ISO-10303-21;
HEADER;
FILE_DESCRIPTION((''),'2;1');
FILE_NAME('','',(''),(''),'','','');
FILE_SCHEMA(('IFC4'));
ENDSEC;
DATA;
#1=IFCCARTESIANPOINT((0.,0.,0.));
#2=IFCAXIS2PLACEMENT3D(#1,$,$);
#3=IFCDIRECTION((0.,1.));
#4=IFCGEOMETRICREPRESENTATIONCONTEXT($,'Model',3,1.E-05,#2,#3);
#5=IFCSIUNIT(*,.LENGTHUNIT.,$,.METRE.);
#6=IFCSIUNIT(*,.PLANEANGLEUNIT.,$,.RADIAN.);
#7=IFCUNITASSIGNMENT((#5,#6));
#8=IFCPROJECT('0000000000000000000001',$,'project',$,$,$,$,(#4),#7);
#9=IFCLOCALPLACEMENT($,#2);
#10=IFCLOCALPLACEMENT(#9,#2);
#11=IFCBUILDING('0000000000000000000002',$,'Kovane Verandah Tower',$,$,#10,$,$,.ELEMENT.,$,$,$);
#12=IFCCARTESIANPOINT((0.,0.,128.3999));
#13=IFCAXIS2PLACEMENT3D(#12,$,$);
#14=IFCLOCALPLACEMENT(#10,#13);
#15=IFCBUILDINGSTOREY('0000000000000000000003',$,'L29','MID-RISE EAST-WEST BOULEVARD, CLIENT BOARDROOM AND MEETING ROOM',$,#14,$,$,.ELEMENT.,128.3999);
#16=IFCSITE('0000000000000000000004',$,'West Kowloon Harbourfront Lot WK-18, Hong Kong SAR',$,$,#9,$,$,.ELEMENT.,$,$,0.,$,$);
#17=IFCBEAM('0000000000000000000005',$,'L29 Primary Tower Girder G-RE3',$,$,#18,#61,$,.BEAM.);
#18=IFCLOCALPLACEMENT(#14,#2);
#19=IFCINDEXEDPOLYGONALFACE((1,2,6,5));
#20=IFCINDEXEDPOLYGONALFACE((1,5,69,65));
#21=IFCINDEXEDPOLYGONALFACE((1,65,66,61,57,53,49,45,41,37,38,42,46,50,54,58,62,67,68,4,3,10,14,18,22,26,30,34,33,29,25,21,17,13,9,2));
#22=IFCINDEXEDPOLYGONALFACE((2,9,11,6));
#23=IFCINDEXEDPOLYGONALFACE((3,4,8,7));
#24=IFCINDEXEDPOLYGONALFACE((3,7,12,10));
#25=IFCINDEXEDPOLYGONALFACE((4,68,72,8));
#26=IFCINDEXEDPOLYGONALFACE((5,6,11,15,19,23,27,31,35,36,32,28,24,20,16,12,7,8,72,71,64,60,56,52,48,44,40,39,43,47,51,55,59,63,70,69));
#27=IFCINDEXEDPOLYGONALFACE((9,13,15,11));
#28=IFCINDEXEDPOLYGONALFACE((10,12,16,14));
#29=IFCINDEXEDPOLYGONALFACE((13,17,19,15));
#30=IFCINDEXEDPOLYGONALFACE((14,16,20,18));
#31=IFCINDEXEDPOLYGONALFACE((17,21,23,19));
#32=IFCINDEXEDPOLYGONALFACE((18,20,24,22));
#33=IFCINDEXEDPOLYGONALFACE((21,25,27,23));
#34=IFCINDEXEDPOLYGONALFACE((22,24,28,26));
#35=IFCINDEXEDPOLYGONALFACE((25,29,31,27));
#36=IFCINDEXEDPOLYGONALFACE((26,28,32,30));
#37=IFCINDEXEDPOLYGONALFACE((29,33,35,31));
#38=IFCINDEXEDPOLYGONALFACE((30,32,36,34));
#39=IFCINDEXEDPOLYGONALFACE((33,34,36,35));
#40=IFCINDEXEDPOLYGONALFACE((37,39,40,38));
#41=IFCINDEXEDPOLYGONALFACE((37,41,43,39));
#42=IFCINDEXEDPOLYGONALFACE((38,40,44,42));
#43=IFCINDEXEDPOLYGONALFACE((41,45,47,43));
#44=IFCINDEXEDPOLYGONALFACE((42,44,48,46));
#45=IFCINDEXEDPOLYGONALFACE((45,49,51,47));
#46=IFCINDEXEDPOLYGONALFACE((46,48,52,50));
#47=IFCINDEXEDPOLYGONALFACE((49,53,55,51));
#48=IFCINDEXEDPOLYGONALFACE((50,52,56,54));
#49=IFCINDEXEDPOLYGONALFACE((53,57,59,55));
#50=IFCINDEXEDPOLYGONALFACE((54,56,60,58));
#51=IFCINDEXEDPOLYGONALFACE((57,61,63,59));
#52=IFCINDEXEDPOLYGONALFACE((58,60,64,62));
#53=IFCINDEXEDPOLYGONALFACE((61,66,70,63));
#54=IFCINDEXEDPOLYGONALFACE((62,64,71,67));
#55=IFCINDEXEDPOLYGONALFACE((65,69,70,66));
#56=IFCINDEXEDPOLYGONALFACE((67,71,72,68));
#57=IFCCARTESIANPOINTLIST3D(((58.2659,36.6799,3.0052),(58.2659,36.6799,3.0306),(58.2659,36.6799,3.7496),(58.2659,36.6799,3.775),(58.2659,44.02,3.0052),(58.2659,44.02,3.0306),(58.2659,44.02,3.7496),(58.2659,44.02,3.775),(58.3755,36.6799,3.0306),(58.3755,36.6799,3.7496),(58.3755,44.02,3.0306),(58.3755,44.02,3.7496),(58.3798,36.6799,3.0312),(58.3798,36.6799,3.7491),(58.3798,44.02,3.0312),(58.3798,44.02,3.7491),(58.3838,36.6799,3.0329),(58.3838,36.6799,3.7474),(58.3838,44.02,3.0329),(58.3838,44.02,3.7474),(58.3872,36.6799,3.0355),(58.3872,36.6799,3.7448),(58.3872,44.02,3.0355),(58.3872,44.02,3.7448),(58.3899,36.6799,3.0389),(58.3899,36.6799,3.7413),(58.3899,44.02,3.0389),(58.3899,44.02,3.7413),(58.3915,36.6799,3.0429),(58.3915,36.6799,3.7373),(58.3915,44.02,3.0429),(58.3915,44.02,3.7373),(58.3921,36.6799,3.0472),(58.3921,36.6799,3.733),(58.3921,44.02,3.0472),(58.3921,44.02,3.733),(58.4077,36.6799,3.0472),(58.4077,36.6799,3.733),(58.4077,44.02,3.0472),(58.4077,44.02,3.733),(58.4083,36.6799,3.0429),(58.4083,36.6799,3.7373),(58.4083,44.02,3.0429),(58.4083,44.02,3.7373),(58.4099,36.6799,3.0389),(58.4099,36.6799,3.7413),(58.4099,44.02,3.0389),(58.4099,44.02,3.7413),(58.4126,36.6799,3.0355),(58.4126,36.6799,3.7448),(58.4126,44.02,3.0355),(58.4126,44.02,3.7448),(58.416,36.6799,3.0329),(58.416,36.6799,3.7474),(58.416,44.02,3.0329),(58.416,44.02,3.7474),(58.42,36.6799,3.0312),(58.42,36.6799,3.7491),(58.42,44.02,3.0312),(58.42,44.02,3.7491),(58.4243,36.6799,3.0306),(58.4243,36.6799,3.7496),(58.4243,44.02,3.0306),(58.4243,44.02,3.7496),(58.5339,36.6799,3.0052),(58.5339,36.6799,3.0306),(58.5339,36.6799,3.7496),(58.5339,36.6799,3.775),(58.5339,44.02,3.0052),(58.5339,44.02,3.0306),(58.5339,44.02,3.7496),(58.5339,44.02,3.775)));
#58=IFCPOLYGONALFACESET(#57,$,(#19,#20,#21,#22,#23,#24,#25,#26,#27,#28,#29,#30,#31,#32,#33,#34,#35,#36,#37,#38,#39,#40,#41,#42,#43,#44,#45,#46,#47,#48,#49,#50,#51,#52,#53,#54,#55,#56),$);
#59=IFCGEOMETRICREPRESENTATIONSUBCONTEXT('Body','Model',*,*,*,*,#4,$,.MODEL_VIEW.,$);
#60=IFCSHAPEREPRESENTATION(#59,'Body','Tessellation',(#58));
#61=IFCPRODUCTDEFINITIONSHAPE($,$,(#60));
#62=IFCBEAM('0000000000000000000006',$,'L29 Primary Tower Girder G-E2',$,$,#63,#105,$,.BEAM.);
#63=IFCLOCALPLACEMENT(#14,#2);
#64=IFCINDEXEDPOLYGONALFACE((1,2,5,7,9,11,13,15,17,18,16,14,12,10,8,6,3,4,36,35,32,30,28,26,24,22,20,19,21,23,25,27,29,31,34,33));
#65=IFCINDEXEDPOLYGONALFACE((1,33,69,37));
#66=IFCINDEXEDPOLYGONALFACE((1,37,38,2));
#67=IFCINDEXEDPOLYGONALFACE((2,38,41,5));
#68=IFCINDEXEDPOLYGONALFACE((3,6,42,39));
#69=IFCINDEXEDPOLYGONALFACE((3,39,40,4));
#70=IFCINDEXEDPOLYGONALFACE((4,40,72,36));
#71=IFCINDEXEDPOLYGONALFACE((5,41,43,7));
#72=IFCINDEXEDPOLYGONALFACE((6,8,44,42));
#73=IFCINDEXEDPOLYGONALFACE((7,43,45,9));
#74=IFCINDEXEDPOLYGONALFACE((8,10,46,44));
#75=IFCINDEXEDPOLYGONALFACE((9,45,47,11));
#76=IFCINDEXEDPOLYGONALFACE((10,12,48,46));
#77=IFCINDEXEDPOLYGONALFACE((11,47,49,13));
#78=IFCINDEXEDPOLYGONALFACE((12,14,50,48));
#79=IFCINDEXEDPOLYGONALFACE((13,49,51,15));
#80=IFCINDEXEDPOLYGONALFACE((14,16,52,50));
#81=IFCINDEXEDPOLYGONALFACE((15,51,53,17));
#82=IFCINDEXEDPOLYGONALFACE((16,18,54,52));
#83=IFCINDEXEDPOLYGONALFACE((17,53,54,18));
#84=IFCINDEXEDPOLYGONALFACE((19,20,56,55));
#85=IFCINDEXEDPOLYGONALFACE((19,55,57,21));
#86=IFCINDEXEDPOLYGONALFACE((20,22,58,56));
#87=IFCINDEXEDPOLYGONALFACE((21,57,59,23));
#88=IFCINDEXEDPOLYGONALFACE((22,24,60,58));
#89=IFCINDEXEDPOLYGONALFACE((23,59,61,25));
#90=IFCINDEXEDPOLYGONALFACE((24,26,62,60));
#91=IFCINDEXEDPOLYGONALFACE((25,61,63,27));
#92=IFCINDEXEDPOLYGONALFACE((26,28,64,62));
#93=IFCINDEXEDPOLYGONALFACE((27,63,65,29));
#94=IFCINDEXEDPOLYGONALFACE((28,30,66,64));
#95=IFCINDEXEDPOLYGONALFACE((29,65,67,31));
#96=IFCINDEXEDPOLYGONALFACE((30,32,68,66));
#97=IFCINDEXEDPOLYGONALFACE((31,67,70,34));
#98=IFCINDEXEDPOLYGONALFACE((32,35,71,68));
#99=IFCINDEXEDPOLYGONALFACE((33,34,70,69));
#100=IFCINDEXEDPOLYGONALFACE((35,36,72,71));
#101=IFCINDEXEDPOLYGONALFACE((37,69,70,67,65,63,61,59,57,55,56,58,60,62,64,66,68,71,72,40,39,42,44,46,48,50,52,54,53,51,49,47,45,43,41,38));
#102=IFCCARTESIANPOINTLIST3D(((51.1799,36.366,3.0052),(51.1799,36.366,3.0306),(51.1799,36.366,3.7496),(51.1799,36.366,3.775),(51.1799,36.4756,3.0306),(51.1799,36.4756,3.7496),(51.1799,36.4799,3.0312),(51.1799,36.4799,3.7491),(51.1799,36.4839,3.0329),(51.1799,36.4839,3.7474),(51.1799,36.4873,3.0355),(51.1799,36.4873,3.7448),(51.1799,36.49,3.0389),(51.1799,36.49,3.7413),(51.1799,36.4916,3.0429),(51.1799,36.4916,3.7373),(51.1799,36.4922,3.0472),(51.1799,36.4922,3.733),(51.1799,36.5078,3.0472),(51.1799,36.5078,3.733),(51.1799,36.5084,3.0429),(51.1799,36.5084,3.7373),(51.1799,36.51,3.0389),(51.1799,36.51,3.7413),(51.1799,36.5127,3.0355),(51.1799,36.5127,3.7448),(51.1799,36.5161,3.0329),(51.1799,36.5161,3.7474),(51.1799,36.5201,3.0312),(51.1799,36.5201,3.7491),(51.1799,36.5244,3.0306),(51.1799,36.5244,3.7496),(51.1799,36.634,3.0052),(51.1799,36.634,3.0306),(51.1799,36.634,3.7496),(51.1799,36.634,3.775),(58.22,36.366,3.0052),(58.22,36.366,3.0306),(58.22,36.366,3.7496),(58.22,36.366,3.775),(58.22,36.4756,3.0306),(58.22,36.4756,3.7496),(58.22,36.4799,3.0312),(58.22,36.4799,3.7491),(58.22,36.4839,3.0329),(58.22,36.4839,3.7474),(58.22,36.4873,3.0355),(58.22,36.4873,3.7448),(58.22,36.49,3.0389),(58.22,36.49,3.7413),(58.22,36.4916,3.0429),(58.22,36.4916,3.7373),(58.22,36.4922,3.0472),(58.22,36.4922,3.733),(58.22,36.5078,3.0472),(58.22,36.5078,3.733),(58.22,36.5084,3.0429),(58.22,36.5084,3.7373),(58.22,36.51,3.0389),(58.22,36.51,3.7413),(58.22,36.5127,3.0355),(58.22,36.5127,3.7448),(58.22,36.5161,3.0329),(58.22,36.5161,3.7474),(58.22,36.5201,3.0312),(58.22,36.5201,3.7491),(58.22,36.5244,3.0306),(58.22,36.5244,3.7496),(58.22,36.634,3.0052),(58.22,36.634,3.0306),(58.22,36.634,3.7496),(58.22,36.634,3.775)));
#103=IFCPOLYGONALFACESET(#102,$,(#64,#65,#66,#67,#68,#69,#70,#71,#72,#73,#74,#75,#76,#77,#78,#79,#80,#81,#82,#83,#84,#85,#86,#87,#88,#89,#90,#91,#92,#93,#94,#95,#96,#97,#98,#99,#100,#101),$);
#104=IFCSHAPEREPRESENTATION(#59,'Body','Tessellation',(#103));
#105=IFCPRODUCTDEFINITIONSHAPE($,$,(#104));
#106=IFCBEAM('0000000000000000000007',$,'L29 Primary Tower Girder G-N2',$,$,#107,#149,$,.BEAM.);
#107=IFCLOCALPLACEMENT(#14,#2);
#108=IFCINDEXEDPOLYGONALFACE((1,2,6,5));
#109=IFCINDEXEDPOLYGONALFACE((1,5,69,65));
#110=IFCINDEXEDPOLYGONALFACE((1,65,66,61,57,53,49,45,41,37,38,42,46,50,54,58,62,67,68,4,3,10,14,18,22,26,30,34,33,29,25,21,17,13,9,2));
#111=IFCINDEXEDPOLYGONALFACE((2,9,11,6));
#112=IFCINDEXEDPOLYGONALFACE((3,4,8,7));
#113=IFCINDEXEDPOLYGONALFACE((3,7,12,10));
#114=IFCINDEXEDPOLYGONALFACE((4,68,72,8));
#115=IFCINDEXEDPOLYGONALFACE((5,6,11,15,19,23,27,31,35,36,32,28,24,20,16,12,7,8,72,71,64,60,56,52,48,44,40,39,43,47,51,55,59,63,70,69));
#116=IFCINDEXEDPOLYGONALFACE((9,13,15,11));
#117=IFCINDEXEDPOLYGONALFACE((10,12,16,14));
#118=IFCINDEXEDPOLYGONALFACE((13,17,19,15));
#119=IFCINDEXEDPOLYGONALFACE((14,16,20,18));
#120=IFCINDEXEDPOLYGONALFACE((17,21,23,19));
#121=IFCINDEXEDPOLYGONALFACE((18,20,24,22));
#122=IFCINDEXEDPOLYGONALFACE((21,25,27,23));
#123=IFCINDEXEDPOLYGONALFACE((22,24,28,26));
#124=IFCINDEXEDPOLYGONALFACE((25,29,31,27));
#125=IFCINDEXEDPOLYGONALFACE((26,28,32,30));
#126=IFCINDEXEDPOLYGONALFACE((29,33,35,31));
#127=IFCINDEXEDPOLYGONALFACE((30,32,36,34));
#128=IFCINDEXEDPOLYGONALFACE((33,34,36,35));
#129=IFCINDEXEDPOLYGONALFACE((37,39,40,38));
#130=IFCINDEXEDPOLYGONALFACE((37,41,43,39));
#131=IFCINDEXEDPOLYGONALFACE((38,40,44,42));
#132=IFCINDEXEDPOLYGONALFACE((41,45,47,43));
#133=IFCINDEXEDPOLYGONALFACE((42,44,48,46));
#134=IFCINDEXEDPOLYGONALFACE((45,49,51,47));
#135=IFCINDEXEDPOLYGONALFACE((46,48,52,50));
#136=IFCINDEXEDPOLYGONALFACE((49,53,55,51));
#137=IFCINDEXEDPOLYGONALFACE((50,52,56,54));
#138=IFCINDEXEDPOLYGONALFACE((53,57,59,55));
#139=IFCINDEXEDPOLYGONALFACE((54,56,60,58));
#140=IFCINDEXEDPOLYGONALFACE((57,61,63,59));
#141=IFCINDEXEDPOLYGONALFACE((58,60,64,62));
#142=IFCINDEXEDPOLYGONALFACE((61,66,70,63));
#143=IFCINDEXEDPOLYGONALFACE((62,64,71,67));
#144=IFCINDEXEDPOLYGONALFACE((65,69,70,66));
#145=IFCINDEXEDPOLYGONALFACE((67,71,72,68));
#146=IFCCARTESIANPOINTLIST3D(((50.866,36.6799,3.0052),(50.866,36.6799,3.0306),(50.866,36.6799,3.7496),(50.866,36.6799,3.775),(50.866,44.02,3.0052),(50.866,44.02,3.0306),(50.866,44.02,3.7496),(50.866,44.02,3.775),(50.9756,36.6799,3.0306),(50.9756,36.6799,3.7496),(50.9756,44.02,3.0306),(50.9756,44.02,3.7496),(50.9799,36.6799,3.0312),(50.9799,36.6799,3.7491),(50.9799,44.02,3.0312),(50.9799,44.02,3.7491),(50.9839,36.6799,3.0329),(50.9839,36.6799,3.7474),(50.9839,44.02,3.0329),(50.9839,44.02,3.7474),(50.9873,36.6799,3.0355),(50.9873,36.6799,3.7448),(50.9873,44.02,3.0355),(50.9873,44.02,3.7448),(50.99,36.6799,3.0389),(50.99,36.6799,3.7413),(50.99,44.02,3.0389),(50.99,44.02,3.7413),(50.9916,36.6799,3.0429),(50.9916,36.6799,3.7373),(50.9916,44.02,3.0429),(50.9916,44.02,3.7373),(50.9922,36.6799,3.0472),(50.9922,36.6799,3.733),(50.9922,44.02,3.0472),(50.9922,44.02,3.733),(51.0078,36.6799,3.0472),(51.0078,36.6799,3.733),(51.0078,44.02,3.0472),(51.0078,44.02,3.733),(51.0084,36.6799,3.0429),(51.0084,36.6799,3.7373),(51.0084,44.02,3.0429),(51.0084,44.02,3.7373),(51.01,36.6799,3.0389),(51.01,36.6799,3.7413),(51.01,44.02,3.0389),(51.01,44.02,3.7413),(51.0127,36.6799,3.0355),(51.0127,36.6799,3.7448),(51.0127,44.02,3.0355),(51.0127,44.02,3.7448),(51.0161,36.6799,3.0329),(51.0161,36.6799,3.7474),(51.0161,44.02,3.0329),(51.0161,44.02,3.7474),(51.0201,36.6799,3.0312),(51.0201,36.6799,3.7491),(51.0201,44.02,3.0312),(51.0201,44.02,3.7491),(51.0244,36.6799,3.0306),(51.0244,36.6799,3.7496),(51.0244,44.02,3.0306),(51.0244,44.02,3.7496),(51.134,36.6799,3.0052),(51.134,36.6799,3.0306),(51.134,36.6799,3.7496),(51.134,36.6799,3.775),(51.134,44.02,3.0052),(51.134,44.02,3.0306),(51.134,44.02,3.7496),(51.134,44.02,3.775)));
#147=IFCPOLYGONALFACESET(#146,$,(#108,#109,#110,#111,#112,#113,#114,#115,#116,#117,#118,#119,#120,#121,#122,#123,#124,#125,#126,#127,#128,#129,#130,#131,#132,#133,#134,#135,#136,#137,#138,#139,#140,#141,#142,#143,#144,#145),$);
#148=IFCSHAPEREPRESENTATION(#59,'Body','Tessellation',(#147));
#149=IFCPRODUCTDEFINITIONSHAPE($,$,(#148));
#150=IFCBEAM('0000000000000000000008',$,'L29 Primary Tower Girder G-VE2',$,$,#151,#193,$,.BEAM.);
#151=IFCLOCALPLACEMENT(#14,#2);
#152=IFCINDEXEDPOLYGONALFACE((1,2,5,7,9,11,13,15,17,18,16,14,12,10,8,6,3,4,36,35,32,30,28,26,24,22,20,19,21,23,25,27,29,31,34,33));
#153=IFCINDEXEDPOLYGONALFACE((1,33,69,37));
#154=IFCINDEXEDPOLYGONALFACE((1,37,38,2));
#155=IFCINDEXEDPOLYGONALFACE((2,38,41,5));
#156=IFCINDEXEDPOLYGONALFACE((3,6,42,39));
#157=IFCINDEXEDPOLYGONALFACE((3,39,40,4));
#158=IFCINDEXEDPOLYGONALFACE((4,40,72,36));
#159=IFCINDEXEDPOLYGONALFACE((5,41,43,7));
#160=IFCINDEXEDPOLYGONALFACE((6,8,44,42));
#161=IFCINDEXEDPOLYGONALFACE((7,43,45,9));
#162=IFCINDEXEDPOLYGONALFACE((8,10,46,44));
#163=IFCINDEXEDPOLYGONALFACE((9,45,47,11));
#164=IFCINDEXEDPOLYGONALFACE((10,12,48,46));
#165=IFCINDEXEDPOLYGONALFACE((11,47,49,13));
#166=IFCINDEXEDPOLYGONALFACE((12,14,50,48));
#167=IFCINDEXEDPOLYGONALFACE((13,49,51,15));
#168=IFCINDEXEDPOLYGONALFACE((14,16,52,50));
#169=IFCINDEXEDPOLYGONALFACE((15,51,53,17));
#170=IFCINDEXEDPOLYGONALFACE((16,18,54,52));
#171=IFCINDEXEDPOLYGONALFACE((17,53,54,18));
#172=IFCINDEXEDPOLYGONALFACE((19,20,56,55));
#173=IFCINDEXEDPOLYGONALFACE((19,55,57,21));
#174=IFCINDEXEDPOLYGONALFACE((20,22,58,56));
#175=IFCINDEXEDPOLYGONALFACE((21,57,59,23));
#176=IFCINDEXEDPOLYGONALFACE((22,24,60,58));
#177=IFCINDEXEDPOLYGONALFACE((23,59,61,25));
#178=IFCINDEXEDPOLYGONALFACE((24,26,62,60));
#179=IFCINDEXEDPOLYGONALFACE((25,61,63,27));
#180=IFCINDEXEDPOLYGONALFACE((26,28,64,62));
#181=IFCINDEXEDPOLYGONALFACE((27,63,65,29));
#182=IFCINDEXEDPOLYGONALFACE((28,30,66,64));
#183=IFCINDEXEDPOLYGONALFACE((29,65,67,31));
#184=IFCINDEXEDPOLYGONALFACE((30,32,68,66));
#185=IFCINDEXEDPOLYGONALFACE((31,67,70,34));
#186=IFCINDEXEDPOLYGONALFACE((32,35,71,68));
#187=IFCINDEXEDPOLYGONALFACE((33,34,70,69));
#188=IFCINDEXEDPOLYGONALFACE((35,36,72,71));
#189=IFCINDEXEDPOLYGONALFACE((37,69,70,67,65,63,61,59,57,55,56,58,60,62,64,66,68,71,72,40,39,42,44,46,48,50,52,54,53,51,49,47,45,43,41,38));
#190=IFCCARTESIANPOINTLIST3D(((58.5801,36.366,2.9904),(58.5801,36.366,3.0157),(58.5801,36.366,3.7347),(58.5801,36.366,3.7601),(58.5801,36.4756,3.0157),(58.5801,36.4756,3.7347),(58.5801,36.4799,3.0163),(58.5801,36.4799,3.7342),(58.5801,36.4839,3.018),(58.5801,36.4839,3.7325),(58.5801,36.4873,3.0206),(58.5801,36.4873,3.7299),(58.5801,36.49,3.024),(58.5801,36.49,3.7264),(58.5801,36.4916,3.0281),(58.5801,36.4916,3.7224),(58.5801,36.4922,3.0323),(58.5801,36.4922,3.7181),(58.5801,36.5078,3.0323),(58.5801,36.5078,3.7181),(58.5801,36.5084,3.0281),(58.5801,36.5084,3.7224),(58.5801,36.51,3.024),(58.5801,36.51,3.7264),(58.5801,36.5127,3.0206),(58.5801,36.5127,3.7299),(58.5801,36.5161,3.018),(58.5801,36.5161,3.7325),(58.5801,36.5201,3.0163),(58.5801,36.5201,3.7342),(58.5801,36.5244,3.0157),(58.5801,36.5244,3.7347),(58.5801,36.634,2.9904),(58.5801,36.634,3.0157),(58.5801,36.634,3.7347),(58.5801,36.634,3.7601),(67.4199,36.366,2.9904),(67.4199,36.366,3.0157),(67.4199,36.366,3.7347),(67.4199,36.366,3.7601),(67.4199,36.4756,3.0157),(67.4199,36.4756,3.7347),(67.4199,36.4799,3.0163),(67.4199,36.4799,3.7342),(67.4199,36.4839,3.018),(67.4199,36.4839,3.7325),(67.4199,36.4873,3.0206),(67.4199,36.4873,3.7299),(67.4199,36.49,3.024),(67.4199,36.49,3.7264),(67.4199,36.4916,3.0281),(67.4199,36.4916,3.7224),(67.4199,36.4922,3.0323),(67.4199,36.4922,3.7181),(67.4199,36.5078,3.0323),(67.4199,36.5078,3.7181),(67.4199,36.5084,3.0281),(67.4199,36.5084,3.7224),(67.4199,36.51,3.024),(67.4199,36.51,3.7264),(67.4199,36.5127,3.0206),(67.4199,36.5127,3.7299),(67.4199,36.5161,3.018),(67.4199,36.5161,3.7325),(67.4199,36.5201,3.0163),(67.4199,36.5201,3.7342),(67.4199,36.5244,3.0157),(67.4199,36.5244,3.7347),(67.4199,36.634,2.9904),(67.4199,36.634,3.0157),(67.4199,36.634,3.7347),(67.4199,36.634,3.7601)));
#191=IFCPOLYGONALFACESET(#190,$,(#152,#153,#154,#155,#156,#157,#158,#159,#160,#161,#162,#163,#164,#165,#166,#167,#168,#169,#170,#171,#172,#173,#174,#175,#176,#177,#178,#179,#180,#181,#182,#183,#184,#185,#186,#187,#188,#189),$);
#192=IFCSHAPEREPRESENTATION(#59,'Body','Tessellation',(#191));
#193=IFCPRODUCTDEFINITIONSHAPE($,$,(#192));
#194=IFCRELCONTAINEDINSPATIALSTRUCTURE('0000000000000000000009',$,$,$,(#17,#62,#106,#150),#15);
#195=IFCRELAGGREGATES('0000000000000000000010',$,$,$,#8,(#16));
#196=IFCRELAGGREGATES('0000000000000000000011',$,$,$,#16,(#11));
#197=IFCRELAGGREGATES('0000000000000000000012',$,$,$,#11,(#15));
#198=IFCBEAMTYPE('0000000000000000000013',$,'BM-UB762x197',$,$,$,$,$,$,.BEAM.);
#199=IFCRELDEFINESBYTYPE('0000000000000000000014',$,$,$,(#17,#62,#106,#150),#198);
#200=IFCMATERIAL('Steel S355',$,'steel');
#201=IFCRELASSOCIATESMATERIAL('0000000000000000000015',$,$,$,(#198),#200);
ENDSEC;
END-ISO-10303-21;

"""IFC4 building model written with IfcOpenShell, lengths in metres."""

from ifc_helpers import new_model, si_unit, direction, frame, origin, origin_2d, place, context, subcontext, project, spatial, i_section, extrude, material, material_profile, profile_set, type_object, element, save


model = new_model("IFC4")

# Units and contexts
model_context = context("Model", 3, precision=1e-05, world=origin(), true_north=direction((0.0, 1.0)))
body_context = subcontext(model_context, "Body", "Model", "MODEL_VIEW")
ifc_project = project(units=[si_unit("LENGTHUNIT", "METRE"), si_unit("PLANEANGLEUNIT", "RADIAN")], contexts=[model_context])

# Site, building, storey
site_placement = place(None, origin())
site = spatial("IfcSite", under=ifc_project, at=site_placement, Name="West Kowloon Harbourfront Lot WK-18, Hong Kong SAR", CompositionType="ELEMENT", RefElevation=0.0)
building_placement = place(site_placement, origin())
building = spatial("IfcBuilding", under=site, at=building_placement, Name="Kovane Verandah Tower", CompositionType="ELEMENT")
storey_placement = place(building_placement, frame((0.0, 0.0, 128.3999)))
storey = spatial("IfcBuildingStorey", under=building, at=storey_placement, Name="L29", Description="MID-RISE EAST-WEST BOULEVARD, CLIENT BOARDROOM AND MEETING ROOM", CompositionType="ELEMENT", Elevation=128.3999)

# Beams
ifc_material_1 = material(Name="Steel S355", Category="steel")
ifc_material_profile_1 = material_profile(ifc_material_1, i_section(OverallWidth=0.2681, OverallDepth=0.7698, WebThickness=0.0156, FlangeThickness=0.0254, FilletRadius=0.0166, at=origin_2d()), Name="UB762x267x197")
ifc_profile_set_1 = profile_set([ifc_material_profile_1], Name="Steel S355")
beam_type_1 = type_object("IfcBeamType", Name="BM-UB762x197", PredefinedType="BEAM", material=ifc_profile_set_1)
beam_1_placement = place(storey_placement, frame((58.3999, 36.6799, 3.3901), z_axis=(0.0, 1.0, 0.0), x_axis=(-1.0, 0.0, 0.0)))
element("IfcBeam", 1, at=beam_1_placement, inside=storey, type_object=beam_type_1, Name="L29 Primary Tower Girder G-RE3", PredefinedType="BEAM", context=body_context, shape_type="SweptSolid", body=[
    extrude(i_section(OverallWidth=0.2681, OverallDepth=0.7698, WebThickness=0.0156, FlangeThickness=0.0254, FilletRadius=0.0166, at=origin_2d()), origin(), (0.0, 0.0, 1.0), 7.3401),
])
beam_2_placement = place(storey_placement, frame((51.1799, 36.5, 3.3901), z_axis=(1.0, 0.0, 0.0), x_axis=(0.0, 1.0, 0.0)))
element("IfcBeam", 2, at=beam_2_placement, inside=storey, type_object=beam_type_1, Name="L29 Primary Tower Girder G-E2", PredefinedType="BEAM", context=body_context, shape_type="SweptSolid", body=[
    extrude(i_section(OverallWidth=0.2681, OverallDepth=0.7698, WebThickness=0.0156, FlangeThickness=0.0254, FilletRadius=0.0166, at=origin_2d()), origin(), (0.0, 0.0, 1.0), 7.04),
])
beam_3_placement = place(storey_placement, frame((51.0, 36.6799, 3.3901), z_axis=(0.0, 1.0, 0.0), x_axis=(-1.0, 0.0, 0.0)))
element("IfcBeam", 3, at=beam_3_placement, inside=storey, type_object=beam_type_1, Name="L29 Primary Tower Girder G-N2", PredefinedType="BEAM", context=body_context, shape_type="SweptSolid", body=[
    extrude(i_section(OverallWidth=0.2681, OverallDepth=0.7698, WebThickness=0.0156, FlangeThickness=0.0254, FilletRadius=0.0166, at=origin_2d()), origin(), (0.0, 0.0, 1.0), 7.3401),
])
beam_4_placement = place(storey_placement, frame((58.5801, 36.5, 3.3752), z_axis=(1.0, 0.0, 0.0), x_axis=(0.0, 1.0, 0.0)))
element("IfcBeam", 4, at=beam_4_placement, inside=storey, type_object=beam_type_1, Name="L29 Primary Tower Girder G-VE2", PredefinedType="BEAM", context=body_context, shape_type="SweptSolid", body=[
    extrude(i_section(OverallWidth=0.2681, OverallDepth=0.7698, WebThickness=0.0156, FlangeThickness=0.0254, FilletRadius=0.0166, at=origin_2d()), origin(), (0.0, 0.0, 1.0), 8.8398),
])

save(model, "model.ifc")
